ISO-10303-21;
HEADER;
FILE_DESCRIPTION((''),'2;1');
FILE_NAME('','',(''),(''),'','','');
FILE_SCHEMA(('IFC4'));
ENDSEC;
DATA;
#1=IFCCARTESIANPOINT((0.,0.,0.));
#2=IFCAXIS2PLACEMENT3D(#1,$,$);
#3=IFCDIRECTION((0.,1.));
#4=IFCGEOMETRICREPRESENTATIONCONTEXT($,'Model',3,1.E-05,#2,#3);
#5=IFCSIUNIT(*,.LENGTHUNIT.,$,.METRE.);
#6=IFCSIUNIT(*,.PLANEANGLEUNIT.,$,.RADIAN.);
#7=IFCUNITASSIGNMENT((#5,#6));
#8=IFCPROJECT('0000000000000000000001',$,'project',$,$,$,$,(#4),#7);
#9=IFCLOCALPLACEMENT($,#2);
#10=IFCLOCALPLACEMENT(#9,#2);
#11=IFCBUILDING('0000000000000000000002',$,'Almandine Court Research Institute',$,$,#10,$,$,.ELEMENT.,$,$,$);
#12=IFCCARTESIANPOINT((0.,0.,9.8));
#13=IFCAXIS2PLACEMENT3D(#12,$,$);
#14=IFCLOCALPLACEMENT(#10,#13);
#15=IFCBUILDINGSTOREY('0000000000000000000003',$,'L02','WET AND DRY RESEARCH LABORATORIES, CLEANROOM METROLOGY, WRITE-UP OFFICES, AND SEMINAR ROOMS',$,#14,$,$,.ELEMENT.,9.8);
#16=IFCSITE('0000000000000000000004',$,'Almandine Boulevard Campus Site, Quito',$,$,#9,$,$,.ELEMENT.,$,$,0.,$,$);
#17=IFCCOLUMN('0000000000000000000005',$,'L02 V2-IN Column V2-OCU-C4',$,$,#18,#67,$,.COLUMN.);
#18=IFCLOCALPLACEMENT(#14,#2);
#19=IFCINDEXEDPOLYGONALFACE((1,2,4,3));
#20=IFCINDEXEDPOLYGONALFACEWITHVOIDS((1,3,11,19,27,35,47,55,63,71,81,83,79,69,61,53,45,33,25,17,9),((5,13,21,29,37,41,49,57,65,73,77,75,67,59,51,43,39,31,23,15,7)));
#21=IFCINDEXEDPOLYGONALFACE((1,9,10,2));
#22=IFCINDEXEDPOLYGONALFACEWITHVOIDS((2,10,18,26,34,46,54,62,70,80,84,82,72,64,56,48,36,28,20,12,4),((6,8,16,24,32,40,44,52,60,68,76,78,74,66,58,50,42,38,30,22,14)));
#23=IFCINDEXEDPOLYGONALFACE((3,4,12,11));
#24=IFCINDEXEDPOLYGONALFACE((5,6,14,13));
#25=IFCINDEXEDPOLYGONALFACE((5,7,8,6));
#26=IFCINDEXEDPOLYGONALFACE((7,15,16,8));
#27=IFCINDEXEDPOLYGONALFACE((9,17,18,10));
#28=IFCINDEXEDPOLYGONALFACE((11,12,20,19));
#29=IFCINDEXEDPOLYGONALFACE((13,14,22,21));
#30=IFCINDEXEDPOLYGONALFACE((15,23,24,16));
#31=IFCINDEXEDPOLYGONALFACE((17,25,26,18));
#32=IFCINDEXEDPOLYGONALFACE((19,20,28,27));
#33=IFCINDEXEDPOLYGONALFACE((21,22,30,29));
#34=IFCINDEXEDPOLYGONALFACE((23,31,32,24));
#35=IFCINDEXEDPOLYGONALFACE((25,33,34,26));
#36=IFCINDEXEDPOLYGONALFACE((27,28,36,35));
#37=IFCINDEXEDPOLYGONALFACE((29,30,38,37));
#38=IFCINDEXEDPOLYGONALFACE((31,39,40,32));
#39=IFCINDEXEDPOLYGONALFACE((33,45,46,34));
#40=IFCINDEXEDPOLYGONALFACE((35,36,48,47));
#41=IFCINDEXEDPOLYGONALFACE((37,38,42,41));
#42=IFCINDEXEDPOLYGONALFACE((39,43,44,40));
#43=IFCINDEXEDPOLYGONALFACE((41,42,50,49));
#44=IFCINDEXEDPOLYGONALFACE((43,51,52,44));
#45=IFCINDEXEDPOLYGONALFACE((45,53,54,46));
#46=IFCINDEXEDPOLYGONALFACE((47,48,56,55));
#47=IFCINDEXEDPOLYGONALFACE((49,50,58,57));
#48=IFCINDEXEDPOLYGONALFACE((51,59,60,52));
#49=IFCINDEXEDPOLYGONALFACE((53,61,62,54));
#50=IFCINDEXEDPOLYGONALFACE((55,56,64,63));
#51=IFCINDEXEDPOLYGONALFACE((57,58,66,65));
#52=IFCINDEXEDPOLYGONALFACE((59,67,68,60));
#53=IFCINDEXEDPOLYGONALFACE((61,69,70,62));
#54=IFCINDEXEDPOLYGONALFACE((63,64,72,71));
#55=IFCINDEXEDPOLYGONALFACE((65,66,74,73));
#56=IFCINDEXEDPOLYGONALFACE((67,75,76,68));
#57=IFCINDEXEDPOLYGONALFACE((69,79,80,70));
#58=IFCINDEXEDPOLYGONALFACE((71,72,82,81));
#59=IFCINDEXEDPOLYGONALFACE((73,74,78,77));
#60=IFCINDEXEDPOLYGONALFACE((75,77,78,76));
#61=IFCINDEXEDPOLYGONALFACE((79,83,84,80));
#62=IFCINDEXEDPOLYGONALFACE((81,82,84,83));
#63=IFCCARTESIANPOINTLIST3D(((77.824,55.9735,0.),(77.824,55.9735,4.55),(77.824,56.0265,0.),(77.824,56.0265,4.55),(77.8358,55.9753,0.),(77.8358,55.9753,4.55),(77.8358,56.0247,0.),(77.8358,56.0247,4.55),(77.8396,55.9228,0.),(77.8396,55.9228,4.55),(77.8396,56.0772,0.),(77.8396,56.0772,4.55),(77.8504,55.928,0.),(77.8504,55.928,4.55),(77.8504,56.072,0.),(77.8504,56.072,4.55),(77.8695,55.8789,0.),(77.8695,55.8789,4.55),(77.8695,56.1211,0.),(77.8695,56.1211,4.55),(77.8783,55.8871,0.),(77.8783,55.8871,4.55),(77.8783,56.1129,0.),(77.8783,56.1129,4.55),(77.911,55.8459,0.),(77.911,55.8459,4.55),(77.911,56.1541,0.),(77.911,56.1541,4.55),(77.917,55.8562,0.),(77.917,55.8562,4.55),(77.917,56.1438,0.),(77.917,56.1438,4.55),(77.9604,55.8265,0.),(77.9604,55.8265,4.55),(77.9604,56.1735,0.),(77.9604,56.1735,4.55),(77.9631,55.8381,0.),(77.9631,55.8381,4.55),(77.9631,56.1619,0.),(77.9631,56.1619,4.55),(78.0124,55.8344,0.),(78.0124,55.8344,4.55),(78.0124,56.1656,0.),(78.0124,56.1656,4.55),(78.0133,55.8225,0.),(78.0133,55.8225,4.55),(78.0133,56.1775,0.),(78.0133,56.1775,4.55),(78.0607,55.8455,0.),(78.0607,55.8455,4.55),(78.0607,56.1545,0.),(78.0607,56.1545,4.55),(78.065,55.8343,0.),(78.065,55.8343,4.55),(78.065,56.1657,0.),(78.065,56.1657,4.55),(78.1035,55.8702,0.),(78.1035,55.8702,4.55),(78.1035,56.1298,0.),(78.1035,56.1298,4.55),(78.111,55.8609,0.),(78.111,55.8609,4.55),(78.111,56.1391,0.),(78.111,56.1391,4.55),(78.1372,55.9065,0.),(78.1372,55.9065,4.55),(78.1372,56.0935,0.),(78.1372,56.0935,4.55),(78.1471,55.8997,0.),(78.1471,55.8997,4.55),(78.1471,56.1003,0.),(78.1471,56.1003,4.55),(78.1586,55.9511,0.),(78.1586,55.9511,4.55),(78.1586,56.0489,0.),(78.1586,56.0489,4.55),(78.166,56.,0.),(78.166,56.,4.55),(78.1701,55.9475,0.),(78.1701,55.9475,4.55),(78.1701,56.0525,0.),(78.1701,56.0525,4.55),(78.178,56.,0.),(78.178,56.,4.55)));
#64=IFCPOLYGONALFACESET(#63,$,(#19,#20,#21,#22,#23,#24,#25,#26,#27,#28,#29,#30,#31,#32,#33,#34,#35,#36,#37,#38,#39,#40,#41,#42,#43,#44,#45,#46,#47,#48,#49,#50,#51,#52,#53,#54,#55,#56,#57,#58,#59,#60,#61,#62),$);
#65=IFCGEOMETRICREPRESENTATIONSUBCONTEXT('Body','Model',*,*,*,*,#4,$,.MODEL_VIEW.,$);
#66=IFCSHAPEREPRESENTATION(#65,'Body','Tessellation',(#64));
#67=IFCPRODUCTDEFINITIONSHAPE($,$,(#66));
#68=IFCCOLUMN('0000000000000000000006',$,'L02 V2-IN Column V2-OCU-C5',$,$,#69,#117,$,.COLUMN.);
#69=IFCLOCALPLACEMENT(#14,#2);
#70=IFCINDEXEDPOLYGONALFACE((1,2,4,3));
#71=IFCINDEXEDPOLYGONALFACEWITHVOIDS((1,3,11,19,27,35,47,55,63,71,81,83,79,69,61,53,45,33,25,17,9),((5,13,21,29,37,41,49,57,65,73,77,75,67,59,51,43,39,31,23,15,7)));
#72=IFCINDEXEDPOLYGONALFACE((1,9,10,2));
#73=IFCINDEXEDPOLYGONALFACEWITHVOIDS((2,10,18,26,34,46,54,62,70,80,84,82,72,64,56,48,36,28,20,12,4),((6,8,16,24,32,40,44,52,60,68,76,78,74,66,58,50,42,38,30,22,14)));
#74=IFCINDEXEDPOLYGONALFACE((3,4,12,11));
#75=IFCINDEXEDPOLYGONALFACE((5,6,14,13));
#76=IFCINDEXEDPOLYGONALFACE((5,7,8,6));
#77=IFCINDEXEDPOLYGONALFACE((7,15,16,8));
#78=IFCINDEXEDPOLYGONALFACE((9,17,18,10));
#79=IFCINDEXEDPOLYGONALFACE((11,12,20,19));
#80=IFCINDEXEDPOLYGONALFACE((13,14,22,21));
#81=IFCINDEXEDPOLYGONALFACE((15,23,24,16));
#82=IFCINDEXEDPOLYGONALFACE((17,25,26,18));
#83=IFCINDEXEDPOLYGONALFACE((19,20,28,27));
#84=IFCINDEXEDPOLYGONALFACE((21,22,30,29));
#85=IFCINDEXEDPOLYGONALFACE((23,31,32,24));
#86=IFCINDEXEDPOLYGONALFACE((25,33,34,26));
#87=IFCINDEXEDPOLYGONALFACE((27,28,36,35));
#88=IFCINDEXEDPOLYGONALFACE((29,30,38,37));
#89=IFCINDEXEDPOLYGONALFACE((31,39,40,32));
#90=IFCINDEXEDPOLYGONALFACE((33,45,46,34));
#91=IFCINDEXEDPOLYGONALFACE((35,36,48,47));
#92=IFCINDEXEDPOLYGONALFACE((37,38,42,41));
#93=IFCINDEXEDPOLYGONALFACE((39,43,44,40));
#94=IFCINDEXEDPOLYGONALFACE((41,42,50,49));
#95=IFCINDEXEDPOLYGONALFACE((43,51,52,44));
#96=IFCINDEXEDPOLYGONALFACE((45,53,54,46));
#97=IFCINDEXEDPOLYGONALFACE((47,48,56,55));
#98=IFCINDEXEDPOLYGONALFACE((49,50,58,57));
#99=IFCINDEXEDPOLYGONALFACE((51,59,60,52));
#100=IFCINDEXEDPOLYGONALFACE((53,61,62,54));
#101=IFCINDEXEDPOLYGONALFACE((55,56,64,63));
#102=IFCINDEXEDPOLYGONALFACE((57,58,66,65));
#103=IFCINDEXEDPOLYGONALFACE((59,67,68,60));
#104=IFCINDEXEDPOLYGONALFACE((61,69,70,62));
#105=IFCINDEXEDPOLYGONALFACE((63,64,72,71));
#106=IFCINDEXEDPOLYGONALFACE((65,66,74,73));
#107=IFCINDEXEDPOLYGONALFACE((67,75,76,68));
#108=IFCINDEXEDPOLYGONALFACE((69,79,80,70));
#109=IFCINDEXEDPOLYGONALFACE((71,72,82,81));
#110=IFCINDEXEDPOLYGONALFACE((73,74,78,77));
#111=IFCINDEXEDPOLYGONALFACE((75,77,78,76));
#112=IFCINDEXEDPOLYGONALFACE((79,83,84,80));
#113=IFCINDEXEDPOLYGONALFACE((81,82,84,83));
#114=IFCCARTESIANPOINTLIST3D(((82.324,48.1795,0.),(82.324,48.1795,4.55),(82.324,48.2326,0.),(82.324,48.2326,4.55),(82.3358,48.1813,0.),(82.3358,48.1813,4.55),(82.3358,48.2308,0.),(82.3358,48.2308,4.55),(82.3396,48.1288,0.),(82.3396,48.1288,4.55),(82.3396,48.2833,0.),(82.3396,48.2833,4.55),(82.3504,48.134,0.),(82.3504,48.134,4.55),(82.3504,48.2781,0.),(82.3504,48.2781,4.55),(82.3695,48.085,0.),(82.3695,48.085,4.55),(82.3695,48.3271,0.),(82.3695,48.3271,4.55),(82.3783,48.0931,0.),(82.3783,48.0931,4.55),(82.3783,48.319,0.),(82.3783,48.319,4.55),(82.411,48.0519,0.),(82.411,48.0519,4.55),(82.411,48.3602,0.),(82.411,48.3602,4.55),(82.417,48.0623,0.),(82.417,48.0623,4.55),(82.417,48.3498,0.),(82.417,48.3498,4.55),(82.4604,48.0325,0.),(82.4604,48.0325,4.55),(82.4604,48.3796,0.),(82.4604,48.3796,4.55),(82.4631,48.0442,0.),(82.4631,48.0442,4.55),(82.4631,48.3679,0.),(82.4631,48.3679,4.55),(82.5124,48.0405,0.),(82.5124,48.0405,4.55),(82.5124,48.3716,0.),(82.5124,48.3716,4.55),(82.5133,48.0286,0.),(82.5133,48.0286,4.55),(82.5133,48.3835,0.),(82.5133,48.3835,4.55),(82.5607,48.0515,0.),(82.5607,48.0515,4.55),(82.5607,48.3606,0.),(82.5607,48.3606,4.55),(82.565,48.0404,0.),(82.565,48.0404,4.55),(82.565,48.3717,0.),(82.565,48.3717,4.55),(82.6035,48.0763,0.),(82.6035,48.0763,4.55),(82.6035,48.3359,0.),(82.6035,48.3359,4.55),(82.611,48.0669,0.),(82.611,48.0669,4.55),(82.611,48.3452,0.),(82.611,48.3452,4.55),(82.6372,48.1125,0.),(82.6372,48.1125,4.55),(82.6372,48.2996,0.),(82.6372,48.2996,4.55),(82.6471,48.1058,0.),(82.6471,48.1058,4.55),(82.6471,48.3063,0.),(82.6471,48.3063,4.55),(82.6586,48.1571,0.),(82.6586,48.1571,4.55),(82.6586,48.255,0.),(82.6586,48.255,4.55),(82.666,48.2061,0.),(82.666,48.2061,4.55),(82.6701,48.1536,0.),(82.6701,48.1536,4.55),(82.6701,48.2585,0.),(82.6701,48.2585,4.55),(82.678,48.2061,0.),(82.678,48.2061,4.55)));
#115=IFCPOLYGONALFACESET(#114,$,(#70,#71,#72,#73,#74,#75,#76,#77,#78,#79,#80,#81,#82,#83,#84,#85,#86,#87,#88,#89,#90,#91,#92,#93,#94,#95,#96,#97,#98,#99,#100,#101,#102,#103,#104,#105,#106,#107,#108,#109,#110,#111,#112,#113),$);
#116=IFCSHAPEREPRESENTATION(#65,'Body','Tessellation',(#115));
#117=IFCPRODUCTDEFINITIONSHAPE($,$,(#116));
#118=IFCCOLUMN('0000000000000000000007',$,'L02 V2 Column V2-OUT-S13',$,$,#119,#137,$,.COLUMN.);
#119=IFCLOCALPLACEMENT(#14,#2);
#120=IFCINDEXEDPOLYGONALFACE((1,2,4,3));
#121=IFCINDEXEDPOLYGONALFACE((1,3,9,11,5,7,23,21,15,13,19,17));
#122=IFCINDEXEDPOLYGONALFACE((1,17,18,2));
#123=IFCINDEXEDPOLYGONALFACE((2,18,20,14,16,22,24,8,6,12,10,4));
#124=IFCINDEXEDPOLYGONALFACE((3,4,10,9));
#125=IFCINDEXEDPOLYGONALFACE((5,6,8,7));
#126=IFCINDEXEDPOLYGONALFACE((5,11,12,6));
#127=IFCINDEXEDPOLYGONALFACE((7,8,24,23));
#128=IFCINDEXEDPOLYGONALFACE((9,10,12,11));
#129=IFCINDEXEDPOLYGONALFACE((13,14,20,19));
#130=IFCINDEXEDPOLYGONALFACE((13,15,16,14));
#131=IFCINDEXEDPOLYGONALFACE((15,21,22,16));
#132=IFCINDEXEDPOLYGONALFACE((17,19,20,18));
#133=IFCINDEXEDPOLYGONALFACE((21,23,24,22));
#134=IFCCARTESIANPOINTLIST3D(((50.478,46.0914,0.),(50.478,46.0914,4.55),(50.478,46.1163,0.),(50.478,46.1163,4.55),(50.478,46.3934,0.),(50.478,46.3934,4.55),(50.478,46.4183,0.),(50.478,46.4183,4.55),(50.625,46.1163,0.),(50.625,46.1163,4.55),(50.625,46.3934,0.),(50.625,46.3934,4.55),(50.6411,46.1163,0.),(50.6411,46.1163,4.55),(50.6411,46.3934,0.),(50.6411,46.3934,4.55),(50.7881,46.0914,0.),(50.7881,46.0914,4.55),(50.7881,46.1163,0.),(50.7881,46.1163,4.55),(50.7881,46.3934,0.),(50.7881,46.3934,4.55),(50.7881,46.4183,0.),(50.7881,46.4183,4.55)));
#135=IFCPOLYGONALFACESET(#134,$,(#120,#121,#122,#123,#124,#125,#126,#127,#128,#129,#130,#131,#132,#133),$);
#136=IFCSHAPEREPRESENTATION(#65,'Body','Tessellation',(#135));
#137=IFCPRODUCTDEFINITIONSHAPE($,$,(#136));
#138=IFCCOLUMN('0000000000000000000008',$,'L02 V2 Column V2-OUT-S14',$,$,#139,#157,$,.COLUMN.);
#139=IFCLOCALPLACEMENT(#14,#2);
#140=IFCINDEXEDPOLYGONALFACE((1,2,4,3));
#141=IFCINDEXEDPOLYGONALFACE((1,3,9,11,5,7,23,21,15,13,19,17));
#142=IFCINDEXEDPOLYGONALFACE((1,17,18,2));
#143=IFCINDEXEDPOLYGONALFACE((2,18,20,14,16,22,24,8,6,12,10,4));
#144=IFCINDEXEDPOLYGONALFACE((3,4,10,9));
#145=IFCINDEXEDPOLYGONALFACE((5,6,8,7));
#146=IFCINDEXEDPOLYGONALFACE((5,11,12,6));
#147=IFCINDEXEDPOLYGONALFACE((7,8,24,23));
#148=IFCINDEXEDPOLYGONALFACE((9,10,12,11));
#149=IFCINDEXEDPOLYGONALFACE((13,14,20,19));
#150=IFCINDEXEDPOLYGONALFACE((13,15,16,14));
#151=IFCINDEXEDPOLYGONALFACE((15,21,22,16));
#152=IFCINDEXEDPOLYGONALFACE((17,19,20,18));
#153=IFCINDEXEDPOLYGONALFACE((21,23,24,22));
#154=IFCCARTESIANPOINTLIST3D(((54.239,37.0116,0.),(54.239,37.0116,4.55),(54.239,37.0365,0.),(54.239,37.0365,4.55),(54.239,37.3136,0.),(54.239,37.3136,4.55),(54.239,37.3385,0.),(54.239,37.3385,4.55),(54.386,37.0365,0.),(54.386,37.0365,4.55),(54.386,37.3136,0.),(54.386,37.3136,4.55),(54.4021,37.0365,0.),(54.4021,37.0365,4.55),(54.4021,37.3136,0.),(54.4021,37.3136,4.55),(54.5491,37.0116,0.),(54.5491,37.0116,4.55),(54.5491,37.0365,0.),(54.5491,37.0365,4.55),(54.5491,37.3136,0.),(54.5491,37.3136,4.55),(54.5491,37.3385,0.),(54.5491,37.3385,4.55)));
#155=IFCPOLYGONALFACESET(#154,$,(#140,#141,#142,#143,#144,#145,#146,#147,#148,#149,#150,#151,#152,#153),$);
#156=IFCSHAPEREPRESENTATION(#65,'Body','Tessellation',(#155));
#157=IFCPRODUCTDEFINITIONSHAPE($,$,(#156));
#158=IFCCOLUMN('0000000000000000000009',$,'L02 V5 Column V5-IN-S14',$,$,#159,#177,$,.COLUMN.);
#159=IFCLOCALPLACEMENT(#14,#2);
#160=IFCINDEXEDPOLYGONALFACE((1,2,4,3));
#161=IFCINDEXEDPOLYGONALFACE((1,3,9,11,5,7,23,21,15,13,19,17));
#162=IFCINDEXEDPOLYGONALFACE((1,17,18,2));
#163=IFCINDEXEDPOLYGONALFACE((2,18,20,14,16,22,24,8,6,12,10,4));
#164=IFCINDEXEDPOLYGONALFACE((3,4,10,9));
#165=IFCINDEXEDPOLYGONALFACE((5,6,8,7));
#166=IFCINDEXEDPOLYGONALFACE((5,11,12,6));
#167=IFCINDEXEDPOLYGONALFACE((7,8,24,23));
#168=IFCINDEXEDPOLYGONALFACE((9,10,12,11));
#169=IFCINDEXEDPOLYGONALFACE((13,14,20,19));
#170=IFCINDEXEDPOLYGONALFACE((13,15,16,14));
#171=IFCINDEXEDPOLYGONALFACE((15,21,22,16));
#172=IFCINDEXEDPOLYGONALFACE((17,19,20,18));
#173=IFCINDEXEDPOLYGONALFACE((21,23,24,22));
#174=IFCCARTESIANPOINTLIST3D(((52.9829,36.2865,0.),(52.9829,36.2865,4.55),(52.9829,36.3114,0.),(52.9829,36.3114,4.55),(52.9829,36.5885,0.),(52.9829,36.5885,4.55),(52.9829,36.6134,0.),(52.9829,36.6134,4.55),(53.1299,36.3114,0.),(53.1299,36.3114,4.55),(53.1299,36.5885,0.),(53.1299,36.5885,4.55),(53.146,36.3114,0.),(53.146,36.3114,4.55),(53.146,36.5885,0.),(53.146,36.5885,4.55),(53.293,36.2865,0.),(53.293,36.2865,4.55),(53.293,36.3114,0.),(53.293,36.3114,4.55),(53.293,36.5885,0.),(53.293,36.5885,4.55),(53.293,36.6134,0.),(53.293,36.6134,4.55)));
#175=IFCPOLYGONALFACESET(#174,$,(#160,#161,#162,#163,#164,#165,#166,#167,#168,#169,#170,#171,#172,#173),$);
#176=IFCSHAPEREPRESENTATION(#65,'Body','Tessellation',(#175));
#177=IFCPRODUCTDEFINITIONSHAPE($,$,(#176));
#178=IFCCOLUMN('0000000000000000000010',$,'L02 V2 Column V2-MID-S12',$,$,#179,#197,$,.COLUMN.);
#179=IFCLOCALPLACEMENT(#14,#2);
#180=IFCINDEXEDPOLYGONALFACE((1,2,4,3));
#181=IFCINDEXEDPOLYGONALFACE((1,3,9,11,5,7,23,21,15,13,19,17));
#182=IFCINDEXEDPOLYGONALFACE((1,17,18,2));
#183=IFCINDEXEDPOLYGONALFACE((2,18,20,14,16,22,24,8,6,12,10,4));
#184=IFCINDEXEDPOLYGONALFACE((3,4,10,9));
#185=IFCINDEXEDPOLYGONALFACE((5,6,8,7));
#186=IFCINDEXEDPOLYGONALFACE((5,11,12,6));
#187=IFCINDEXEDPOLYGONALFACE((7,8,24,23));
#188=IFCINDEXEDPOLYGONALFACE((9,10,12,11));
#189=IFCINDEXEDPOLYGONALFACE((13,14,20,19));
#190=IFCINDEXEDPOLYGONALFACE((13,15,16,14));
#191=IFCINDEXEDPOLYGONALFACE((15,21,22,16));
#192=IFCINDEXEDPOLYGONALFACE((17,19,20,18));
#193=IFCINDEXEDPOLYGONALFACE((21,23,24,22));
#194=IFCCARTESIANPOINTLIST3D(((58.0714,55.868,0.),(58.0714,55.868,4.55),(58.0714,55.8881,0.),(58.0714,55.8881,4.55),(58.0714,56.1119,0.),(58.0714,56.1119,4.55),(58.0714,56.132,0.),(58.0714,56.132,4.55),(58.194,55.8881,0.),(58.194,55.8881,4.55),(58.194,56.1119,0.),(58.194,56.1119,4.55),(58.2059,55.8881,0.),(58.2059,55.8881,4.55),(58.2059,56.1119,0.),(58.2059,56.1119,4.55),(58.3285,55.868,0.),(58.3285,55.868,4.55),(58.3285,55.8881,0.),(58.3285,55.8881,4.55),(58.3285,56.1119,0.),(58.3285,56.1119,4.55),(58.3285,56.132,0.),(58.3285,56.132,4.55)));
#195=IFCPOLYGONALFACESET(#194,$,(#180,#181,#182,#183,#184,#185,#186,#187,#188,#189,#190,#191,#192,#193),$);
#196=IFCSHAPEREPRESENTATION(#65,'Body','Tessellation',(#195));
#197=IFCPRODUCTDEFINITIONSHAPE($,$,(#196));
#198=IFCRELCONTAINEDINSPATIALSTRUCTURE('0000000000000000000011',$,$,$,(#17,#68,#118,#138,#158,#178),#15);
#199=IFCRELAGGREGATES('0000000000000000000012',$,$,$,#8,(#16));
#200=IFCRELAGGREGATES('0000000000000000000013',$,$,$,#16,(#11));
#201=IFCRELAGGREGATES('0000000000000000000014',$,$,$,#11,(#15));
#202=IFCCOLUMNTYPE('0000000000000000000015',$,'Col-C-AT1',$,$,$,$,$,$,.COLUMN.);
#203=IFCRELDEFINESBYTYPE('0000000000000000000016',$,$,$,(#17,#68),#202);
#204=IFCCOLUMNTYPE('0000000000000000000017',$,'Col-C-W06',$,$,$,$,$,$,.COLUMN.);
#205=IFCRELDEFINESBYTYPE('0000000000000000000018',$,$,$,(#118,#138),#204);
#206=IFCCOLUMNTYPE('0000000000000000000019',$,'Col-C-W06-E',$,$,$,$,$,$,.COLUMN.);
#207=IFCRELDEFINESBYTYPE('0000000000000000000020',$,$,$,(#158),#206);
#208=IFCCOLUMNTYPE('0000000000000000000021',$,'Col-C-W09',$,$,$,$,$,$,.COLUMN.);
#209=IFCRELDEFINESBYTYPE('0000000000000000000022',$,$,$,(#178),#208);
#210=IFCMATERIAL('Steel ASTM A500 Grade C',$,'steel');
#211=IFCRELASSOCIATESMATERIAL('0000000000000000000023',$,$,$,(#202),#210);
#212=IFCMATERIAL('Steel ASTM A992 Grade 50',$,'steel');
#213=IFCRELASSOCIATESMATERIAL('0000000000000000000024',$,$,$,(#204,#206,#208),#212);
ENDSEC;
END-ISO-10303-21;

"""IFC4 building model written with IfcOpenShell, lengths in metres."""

from ifc_helpers import new_model, si_unit, direction, frame, origin, origin_2d, place, context, subcontext, project, spatial, hollow_circle, i_section, extrude, material, material_profile, profile_set, type_object, element, save


model = new_model("IFC4")

# Units and contexts
model_context = context("Model", 3, precision=1e-05, world=origin(), true_north=direction((0.0, 1.0)))
body_context = subcontext(model_context, "Body", "Model", "MODEL_VIEW")
ifc_project = project(units=[si_unit("LENGTHUNIT", "METRE"), si_unit("PLANEANGLEUNIT", "RADIAN")], contexts=[model_context])

# Site, building, storey
site_placement = place(None, origin())
site = spatial("IfcSite", under=ifc_project, at=site_placement, Name="Almandine Boulevard Campus Site, Quito", CompositionType="ELEMENT", RefElevation=0.0)
building_placement = place(site_placement, origin())
building = spatial("IfcBuilding", under=site, at=building_placement, Name="Almandine Court Research Institute", CompositionType="ELEMENT")
storey_placement = place(building_placement, frame((0.0, 0.0, 9.8)))
storey = spatial("IfcBuildingStorey", under=building, at=storey_placement, Name="L02", Description="WET AND DRY RESEARCH LABORATORIES, CLEANROOM METROLOGY, WRITE-UP OFFICES, AND SEMINAR ROOMS", CompositionType="ELEMENT", Elevation=9.8)

# Columns
ifc_material_1 = material(Name="Steel ASTM A500 Grade C", Category="steel")
ifc_material_profile_1 = material_profile(ifc_material_1, hollow_circle(Radius=0.178, WallThickness=0.012, at=origin_2d()), Name="CHS 356x12")
ifc_profile_set_1 = profile_set([ifc_material_profile_1], Name="Steel ASTM A500 Grade C")
column_type_1 = type_object("IfcColumnType", Name="Col-C-AT1", PredefinedType="COLUMN", material=ifc_profile_set_1)
for number, where, z_axis, x_axis, name in (
    (1, (78.0, 56.0, 0.0), (0.0, 0.0, 1.0), (1.0, 0.0, 0.0), "L02 V2-IN Column V2-OCU-C4"),
    (2, (82.5, 48.2061, 0.0), (0.0, 0.0, 1.0), (1.0, 0.0, 0.0), "L02 V2-IN Column V2-OCU-C5"),
):
    element("IfcColumn", number, at=place(storey_placement, frame(where, z_axis=z_axis, x_axis=x_axis)), inside=storey, type_object=column_type_1, Name=name, PredefinedType="COLUMN", context=body_context, shape_type="SweptSolid", body=[
        extrude(hollow_circle(Radius=0.178, WallThickness=0.012, at=origin_2d()), origin(), (0.0, 0.0, 1.0), 4.55),
    ])
ifc_material_2 = material(Name="Steel ASTM A992 Grade 50", Category="steel")
ifc_material_profile_2 = material_profile(ifc_material_2, i_section(OverallWidth=0.3101, OverallDepth=0.3269, WebThickness=0.0161, FlangeThickness=0.0249, at=origin_2d()), Name="W310x158")
ifc_profile_set_2 = profile_set([ifc_material_profile_2], Name="Steel ASTM A992 Grade 50")
column_type_2 = type_object("IfcColumnType", Name="Col-C-W06", PredefinedType="COLUMN", material=ifc_profile_set_2)
for number, where, z_axis, x_axis, name in (
    (3, (50.6331, 46.2549, 0.0), (0.0, 0.0, 1.0), (1.0, 0.0, 0.0), "L02 V2 Column V2-OUT-S13"),
    (4, (54.394, 37.175, 0.0), (0.0, 0.0, 1.0), (1.0, 0.0, 0.0), "L02 V2 Column V2-OUT-S14"),
):
    element("IfcColumn", number, at=place(storey_placement, frame(where, z_axis=z_axis, x_axis=x_axis)), inside=storey, type_object=column_type_2, Name=name, PredefinedType="COLUMN", context=body_context, shape_type="SweptSolid", body=[
        extrude(i_section(OverallWidth=0.3101, OverallDepth=0.3269, WebThickness=0.0161, FlangeThickness=0.0249, at=origin_2d()), origin(), (0.0, 0.0, 1.0), 4.55),
    ])
ifc_material_profile_3 = material_profile(ifc_material_2, i_section(OverallWidth=0.3101, OverallDepth=0.3269, WebThickness=0.0161, FlangeThickness=0.0249, at=origin_2d()), Name="W310x158")
ifc_profile_set_3 = profile_set([ifc_material_profile_3], Name="Steel ASTM A992 Grade 50")
column_type_3 = type_object("IfcColumnType", Name="Col-C-W06-E", PredefinedType="COLUMN", material=ifc_profile_set_3)
column_1_placement = place(storey_placement, frame((53.1379, 36.45, 0.0), z_axis=(0.0, 0.0, 1.0), x_axis=(1.0, 0.0, 0.0)))
element("IfcColumn", 5, at=column_1_placement, inside=storey, type_object=column_type_3, Name="L02 V5 Column V5-IN-S14", PredefinedType="COLUMN", context=body_context, shape_type="SweptSolid", body=[
    extrude(i_section(OverallWidth=0.3101, OverallDepth=0.3269, WebThickness=0.0161, FlangeThickness=0.0249, at=origin_2d()), origin(), (0.0, 0.0, 1.0), 4.55),
])
ifc_material_profile_4 = material_profile(ifc_material_2, i_section(OverallWidth=0.2571, OverallDepth=0.2639, WebThickness=0.012, FlangeThickness=0.02, at=origin_2d()), Name="W250x101")
ifc_profile_set_4 = profile_set([ifc_material_profile_4], Name="Steel ASTM A992 Grade 50")
column_type_4 = type_object("IfcColumnType", Name="Col-C-W09", PredefinedType="COLUMN", material=ifc_profile_set_4)
column_2_placement = place(storey_placement, frame((58.2, 56.0, 0.0), z_axis=(0.0, 0.0, 1.0), x_axis=(1.0, 0.0, 0.0)))
element("IfcColumn", 6, at=column_2_placement, inside=storey, type_object=column_type_4, Name="L02 V2 Column V2-MID-S12", PredefinedType="COLUMN", context=body_context, shape_type="SweptSolid", body=[
    extrude(i_section(OverallWidth=0.2571, OverallDepth=0.2639, WebThickness=0.012, FlangeThickness=0.02, at=origin_2d()), origin(), (0.0, 0.0, 1.0), 4.55),
])

save(model, "model.ifc")
